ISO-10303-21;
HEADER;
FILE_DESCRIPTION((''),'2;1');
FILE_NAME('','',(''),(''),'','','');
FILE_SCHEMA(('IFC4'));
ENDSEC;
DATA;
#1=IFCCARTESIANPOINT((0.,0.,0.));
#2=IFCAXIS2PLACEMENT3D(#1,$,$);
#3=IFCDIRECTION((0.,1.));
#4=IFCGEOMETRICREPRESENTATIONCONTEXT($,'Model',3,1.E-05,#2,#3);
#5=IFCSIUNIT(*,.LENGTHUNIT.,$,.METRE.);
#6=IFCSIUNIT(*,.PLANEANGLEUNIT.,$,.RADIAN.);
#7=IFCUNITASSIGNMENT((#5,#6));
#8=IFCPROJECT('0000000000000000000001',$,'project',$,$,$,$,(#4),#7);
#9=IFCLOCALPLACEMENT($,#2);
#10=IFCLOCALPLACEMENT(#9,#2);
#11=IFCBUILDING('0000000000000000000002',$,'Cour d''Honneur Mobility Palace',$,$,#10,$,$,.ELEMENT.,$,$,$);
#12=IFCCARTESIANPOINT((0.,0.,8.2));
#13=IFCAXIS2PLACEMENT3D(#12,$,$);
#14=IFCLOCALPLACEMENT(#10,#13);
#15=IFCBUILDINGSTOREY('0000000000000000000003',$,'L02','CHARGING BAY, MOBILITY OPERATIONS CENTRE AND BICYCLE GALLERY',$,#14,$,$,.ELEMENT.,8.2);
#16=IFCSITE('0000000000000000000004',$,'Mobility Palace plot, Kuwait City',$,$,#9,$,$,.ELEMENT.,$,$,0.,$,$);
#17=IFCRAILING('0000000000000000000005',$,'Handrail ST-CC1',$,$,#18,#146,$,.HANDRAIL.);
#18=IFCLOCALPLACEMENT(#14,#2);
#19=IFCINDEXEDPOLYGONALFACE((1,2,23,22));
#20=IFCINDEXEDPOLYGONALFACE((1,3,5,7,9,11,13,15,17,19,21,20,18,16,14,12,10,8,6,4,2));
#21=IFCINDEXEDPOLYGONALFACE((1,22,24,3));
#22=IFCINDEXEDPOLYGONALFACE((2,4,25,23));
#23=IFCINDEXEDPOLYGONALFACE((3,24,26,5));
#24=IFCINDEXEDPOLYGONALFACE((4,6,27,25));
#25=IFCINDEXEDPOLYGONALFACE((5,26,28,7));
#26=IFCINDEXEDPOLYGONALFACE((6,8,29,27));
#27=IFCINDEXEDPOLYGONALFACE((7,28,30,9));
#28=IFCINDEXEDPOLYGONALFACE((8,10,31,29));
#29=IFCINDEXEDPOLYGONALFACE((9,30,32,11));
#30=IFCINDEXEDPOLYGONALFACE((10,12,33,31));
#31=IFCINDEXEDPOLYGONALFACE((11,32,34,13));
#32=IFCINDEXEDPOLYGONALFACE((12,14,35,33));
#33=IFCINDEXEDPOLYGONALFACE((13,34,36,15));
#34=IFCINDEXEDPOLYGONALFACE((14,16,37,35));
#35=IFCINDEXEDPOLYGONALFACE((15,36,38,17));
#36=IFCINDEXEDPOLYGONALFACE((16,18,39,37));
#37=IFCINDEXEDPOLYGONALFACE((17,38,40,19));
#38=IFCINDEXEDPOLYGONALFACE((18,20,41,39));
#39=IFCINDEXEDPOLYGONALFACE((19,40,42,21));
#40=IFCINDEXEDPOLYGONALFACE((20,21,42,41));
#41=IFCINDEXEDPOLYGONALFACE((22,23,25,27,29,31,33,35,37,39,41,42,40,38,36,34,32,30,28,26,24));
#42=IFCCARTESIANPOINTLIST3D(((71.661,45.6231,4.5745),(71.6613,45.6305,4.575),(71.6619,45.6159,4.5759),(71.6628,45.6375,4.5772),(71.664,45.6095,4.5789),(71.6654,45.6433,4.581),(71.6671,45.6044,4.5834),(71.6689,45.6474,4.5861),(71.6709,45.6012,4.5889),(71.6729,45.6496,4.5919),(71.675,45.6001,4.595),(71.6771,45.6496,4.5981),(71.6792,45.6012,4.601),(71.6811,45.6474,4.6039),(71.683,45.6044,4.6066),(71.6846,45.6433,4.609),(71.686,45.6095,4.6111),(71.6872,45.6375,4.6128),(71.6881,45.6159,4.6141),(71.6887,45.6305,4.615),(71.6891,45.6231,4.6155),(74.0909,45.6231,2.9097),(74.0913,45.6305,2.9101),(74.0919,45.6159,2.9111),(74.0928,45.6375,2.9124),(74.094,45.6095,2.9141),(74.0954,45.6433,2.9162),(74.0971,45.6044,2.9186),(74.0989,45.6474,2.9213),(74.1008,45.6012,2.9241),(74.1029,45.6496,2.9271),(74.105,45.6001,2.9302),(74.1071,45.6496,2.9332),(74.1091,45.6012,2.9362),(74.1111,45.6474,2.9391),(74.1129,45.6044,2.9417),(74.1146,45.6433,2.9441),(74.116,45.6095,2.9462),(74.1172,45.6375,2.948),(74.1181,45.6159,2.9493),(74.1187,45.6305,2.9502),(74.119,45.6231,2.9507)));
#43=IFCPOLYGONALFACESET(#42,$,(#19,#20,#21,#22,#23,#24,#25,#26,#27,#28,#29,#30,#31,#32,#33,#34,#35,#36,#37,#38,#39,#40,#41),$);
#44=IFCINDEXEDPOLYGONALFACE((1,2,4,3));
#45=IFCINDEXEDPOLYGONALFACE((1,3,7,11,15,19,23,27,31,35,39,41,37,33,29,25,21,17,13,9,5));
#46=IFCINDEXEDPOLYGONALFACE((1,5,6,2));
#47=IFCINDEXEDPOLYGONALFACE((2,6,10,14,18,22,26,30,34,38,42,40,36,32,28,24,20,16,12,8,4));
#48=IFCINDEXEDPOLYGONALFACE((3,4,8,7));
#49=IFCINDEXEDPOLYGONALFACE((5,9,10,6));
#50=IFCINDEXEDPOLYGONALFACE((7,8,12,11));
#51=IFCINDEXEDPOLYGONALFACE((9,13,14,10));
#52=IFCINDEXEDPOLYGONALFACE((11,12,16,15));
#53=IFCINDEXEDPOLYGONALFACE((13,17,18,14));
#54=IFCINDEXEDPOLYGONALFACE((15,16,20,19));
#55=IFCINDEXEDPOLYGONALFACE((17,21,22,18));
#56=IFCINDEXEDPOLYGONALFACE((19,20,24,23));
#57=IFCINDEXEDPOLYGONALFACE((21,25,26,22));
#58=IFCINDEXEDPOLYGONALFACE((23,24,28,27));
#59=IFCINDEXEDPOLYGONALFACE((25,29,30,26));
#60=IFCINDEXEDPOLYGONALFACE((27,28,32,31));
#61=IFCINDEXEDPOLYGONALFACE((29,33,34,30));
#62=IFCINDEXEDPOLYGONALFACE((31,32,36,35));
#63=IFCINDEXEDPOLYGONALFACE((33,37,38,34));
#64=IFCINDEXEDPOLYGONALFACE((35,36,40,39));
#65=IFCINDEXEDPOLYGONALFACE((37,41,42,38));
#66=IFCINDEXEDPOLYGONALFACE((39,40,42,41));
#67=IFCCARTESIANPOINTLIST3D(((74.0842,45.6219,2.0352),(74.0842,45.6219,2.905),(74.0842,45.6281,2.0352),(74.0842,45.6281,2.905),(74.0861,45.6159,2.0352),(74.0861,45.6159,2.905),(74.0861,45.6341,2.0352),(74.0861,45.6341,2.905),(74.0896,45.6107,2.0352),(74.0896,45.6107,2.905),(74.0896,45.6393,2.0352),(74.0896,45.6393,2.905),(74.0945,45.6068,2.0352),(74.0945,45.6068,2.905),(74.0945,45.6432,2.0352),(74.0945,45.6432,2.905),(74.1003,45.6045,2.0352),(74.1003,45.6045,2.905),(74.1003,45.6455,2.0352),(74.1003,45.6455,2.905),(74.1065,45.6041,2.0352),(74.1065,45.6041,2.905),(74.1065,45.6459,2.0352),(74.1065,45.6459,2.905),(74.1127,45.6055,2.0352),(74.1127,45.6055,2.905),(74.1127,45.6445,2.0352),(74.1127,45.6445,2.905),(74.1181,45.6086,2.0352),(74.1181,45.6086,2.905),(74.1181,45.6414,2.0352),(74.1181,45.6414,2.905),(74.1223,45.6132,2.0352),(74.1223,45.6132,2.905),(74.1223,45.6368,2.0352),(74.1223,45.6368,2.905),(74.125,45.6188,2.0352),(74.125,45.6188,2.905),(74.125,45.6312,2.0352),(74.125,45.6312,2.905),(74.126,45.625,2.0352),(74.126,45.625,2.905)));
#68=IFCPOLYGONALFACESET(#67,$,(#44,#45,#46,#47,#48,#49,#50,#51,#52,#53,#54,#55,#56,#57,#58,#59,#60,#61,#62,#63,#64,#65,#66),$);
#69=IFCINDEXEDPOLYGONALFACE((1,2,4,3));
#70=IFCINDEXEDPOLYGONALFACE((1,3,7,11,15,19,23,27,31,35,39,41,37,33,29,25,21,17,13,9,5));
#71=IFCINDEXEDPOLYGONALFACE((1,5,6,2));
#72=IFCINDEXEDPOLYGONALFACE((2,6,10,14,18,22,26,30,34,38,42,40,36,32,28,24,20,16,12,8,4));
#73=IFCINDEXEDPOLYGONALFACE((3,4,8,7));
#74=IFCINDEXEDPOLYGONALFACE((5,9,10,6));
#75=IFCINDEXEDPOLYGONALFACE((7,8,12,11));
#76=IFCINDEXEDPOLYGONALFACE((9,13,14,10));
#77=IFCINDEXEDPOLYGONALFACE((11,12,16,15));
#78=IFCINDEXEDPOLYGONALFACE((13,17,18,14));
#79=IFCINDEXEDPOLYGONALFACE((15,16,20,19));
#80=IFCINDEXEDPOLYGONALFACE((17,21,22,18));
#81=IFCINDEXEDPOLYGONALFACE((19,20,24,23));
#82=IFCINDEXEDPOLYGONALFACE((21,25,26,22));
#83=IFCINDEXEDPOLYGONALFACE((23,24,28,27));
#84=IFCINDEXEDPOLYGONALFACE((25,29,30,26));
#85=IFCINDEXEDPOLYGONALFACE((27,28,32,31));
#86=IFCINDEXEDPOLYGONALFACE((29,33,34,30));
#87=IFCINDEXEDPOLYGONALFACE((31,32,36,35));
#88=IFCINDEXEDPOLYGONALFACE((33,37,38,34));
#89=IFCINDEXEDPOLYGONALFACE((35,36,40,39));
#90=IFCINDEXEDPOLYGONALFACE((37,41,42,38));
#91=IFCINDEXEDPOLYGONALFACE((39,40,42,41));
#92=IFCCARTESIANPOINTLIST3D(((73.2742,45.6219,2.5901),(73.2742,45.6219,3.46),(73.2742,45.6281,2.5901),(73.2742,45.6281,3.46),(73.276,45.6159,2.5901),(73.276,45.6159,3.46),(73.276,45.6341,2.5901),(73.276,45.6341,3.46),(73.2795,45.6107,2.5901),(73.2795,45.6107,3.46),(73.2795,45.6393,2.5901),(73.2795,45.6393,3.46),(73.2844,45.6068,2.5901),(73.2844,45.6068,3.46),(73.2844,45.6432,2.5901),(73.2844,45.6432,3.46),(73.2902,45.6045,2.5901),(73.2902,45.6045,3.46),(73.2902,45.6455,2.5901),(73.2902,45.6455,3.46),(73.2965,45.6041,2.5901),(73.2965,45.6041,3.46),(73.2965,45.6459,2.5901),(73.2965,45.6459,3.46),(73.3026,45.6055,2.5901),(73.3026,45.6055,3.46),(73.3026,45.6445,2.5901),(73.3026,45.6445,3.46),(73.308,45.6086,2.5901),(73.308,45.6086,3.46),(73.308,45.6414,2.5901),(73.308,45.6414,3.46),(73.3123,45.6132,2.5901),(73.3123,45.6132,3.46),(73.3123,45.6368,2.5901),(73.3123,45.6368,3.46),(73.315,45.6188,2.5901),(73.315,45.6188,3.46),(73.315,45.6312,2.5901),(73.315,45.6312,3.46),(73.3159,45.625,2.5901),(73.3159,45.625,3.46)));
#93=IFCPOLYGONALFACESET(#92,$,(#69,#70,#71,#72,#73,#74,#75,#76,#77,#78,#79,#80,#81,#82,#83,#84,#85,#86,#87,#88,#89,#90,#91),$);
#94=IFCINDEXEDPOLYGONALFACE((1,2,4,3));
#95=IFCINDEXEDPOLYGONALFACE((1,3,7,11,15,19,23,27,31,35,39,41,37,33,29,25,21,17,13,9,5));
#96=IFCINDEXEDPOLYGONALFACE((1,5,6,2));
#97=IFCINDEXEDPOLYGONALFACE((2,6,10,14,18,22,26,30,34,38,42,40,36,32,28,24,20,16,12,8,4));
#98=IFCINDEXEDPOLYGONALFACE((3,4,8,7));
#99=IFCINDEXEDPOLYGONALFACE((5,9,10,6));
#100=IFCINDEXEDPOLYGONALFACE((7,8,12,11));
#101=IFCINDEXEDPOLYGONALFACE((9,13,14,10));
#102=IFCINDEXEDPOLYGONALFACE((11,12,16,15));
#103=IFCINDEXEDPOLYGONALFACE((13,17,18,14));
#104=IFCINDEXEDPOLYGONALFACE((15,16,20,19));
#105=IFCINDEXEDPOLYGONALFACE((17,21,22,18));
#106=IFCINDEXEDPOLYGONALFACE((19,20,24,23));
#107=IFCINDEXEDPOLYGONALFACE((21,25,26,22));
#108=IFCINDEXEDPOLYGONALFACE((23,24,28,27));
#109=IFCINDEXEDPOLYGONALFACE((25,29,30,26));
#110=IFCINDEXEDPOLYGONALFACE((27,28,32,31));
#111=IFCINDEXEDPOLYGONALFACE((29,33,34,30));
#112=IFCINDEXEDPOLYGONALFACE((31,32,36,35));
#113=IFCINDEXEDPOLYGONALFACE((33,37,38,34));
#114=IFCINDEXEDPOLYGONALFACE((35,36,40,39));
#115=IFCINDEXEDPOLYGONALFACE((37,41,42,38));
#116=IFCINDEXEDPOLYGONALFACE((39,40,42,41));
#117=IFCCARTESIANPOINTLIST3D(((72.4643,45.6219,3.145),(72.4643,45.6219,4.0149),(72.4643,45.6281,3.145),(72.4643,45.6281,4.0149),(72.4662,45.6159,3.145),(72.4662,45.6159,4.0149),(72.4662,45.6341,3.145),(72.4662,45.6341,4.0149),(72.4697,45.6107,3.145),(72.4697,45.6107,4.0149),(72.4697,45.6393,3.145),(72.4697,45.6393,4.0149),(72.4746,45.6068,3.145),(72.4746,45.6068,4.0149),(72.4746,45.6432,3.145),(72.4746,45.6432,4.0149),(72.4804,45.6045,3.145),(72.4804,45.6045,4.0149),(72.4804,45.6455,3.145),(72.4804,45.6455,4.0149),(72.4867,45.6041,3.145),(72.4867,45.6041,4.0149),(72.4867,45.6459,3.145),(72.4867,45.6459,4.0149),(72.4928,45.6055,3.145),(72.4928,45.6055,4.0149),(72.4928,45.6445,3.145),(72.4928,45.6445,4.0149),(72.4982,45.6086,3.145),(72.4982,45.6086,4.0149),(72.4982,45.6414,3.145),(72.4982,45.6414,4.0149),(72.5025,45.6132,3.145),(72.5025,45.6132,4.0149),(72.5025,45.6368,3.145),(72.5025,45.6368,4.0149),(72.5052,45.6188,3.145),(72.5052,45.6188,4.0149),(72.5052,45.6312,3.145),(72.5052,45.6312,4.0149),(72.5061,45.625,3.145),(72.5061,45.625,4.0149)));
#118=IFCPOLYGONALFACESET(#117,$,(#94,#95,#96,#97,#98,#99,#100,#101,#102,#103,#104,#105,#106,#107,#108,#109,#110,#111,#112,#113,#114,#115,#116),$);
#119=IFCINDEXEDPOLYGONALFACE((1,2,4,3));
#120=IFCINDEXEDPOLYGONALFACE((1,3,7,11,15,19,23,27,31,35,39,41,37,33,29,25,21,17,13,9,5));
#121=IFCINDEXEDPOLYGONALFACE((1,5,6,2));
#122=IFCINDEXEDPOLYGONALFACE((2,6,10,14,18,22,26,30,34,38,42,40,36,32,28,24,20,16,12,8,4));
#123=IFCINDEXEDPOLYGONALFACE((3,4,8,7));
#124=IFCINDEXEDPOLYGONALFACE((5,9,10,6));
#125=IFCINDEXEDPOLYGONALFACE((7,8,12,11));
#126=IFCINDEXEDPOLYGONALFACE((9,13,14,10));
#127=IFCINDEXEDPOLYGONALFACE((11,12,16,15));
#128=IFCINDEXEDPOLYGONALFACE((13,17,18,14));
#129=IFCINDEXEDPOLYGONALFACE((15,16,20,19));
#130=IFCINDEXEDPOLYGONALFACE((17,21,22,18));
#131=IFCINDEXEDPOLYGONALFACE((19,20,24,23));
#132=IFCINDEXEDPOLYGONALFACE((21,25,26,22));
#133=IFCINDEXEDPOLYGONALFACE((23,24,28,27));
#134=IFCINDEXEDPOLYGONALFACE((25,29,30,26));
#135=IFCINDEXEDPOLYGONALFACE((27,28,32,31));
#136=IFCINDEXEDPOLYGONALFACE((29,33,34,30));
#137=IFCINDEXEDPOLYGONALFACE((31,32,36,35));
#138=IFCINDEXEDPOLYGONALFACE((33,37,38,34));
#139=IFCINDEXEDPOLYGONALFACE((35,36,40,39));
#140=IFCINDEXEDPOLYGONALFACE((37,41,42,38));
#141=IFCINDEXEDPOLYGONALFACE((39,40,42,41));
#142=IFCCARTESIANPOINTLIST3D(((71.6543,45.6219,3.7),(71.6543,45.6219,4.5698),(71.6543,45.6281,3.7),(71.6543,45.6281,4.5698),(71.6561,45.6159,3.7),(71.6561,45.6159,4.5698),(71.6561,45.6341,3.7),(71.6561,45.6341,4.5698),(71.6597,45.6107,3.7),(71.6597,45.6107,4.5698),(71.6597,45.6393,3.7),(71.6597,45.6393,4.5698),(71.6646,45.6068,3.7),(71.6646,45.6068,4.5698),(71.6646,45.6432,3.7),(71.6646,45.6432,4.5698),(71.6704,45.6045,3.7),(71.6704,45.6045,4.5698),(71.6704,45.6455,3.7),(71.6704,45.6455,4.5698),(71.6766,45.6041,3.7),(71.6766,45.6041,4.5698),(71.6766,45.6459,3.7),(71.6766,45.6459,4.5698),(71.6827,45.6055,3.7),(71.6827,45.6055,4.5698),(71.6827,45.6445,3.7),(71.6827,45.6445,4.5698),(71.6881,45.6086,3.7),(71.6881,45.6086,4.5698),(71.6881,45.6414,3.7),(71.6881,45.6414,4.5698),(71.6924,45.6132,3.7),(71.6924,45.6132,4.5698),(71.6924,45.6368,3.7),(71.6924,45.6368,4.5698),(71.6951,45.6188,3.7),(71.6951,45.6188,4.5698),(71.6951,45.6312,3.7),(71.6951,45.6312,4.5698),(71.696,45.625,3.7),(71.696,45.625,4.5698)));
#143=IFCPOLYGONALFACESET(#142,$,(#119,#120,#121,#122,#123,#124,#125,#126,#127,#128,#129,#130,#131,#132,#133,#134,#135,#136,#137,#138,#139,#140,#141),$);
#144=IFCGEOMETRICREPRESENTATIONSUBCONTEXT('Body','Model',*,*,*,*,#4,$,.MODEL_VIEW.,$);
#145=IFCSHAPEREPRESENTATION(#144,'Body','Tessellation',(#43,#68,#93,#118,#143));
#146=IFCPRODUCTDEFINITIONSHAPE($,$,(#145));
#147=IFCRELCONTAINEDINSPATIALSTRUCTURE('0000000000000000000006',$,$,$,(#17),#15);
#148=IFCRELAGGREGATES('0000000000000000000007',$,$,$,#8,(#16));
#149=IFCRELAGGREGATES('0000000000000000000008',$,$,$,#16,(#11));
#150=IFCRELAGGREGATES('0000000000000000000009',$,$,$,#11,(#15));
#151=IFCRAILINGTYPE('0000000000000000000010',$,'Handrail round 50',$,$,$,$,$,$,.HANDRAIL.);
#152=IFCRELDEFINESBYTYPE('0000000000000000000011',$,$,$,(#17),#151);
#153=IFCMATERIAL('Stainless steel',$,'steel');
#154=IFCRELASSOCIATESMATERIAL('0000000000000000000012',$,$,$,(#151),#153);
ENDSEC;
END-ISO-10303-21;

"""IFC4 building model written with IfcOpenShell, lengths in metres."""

from ifc_helpers import new_model, si_unit, direction, frame, origin, origin_2d, place, context, subcontext, project, spatial, circle, extrude, material, type_object, element, save


model = new_model("IFC4")

# Units and contexts
model_context = context("Model", 3, precision=1e-05, world=origin(), true_north=direction((0.0, 1.0)))
body_context = subcontext(model_context, "Body", "Model", "MODEL_VIEW")
ifc_project = project(units=[si_unit("LENGTHUNIT", "METRE"), si_unit("PLANEANGLEUNIT", "RADIAN")], contexts=[model_context])

# Site, building, storey
site_placement = place(None, origin())
site = spatial("IfcSite", under=ifc_project, at=site_placement, Name="Mobility Palace plot, Kuwait City", CompositionType="ELEMENT", RefElevation=0.0)
building_placement = place(site_placement, origin())
building = spatial("IfcBuilding", under=site, at=building_placement, Name="Cour d'Honneur Mobility Palace", CompositionType="ELEMENT")
storey_placement = place(building_placement, frame((0.0, 0.0, 8.2)))
storey = spatial("IfcBuildingStorey", under=building, at=storey_placement, Name="L02", Description="CHARGING BAY, MOBILITY OPERATIONS CENTRE AND BICYCLE GALLERY", CompositionType="ELEMENT", Elevation=8.2)

# Railing
ifc_material_1 = material(Name="Stainless steel", Category="steel")
railing_type_1 = type_object("IfcRailingType", Name="Handrail round 50", PredefinedType="HANDRAIL", material=ifc_material_1)
for number, where, name in (
    (1, (74.105, 45.625, 2.0352), "Handrail ST-CC1"),
):
    element("IfcRailing", number, at=place(storey_placement, frame(where)), inside=storey, type_object=railing_type_1, Name=name, PredefinedType="HANDRAIL", context=body_context, shape_type="SweptSolid", body=[
        extrude(circle(Radius=0.0249, at=origin_2d()), frame((0.0, 0.0, 0.895), z_axis=(-0.824957, 0.0, 0.565195), x_axis=(0.0, -1.0, 0.0)), (0.0, 0.0, 1.0), 2.9456),
        extrude(circle(Radius=0.021, at=origin_2d()), origin(), (0.0, 0.0, 1.0), 0.8699),
        extrude(circle(Radius=0.021, at=origin_2d()), frame((-0.8101, 0.0, 0.5549)), (0.0, 0.0, 1.0), 0.8699),
        extrude(circle(Radius=0.021, at=origin_2d()), frame((-1.6199, 0.0, 1.1099)), (0.0, 0.0, 1.0), 0.8699),
        extrude(circle(Radius=0.021, at=origin_2d()), frame((-2.4299, 0.0, 1.6648)), (0.0, 0.0, 1.0), 0.8699),
    ])

save(model, "model.ifc")
